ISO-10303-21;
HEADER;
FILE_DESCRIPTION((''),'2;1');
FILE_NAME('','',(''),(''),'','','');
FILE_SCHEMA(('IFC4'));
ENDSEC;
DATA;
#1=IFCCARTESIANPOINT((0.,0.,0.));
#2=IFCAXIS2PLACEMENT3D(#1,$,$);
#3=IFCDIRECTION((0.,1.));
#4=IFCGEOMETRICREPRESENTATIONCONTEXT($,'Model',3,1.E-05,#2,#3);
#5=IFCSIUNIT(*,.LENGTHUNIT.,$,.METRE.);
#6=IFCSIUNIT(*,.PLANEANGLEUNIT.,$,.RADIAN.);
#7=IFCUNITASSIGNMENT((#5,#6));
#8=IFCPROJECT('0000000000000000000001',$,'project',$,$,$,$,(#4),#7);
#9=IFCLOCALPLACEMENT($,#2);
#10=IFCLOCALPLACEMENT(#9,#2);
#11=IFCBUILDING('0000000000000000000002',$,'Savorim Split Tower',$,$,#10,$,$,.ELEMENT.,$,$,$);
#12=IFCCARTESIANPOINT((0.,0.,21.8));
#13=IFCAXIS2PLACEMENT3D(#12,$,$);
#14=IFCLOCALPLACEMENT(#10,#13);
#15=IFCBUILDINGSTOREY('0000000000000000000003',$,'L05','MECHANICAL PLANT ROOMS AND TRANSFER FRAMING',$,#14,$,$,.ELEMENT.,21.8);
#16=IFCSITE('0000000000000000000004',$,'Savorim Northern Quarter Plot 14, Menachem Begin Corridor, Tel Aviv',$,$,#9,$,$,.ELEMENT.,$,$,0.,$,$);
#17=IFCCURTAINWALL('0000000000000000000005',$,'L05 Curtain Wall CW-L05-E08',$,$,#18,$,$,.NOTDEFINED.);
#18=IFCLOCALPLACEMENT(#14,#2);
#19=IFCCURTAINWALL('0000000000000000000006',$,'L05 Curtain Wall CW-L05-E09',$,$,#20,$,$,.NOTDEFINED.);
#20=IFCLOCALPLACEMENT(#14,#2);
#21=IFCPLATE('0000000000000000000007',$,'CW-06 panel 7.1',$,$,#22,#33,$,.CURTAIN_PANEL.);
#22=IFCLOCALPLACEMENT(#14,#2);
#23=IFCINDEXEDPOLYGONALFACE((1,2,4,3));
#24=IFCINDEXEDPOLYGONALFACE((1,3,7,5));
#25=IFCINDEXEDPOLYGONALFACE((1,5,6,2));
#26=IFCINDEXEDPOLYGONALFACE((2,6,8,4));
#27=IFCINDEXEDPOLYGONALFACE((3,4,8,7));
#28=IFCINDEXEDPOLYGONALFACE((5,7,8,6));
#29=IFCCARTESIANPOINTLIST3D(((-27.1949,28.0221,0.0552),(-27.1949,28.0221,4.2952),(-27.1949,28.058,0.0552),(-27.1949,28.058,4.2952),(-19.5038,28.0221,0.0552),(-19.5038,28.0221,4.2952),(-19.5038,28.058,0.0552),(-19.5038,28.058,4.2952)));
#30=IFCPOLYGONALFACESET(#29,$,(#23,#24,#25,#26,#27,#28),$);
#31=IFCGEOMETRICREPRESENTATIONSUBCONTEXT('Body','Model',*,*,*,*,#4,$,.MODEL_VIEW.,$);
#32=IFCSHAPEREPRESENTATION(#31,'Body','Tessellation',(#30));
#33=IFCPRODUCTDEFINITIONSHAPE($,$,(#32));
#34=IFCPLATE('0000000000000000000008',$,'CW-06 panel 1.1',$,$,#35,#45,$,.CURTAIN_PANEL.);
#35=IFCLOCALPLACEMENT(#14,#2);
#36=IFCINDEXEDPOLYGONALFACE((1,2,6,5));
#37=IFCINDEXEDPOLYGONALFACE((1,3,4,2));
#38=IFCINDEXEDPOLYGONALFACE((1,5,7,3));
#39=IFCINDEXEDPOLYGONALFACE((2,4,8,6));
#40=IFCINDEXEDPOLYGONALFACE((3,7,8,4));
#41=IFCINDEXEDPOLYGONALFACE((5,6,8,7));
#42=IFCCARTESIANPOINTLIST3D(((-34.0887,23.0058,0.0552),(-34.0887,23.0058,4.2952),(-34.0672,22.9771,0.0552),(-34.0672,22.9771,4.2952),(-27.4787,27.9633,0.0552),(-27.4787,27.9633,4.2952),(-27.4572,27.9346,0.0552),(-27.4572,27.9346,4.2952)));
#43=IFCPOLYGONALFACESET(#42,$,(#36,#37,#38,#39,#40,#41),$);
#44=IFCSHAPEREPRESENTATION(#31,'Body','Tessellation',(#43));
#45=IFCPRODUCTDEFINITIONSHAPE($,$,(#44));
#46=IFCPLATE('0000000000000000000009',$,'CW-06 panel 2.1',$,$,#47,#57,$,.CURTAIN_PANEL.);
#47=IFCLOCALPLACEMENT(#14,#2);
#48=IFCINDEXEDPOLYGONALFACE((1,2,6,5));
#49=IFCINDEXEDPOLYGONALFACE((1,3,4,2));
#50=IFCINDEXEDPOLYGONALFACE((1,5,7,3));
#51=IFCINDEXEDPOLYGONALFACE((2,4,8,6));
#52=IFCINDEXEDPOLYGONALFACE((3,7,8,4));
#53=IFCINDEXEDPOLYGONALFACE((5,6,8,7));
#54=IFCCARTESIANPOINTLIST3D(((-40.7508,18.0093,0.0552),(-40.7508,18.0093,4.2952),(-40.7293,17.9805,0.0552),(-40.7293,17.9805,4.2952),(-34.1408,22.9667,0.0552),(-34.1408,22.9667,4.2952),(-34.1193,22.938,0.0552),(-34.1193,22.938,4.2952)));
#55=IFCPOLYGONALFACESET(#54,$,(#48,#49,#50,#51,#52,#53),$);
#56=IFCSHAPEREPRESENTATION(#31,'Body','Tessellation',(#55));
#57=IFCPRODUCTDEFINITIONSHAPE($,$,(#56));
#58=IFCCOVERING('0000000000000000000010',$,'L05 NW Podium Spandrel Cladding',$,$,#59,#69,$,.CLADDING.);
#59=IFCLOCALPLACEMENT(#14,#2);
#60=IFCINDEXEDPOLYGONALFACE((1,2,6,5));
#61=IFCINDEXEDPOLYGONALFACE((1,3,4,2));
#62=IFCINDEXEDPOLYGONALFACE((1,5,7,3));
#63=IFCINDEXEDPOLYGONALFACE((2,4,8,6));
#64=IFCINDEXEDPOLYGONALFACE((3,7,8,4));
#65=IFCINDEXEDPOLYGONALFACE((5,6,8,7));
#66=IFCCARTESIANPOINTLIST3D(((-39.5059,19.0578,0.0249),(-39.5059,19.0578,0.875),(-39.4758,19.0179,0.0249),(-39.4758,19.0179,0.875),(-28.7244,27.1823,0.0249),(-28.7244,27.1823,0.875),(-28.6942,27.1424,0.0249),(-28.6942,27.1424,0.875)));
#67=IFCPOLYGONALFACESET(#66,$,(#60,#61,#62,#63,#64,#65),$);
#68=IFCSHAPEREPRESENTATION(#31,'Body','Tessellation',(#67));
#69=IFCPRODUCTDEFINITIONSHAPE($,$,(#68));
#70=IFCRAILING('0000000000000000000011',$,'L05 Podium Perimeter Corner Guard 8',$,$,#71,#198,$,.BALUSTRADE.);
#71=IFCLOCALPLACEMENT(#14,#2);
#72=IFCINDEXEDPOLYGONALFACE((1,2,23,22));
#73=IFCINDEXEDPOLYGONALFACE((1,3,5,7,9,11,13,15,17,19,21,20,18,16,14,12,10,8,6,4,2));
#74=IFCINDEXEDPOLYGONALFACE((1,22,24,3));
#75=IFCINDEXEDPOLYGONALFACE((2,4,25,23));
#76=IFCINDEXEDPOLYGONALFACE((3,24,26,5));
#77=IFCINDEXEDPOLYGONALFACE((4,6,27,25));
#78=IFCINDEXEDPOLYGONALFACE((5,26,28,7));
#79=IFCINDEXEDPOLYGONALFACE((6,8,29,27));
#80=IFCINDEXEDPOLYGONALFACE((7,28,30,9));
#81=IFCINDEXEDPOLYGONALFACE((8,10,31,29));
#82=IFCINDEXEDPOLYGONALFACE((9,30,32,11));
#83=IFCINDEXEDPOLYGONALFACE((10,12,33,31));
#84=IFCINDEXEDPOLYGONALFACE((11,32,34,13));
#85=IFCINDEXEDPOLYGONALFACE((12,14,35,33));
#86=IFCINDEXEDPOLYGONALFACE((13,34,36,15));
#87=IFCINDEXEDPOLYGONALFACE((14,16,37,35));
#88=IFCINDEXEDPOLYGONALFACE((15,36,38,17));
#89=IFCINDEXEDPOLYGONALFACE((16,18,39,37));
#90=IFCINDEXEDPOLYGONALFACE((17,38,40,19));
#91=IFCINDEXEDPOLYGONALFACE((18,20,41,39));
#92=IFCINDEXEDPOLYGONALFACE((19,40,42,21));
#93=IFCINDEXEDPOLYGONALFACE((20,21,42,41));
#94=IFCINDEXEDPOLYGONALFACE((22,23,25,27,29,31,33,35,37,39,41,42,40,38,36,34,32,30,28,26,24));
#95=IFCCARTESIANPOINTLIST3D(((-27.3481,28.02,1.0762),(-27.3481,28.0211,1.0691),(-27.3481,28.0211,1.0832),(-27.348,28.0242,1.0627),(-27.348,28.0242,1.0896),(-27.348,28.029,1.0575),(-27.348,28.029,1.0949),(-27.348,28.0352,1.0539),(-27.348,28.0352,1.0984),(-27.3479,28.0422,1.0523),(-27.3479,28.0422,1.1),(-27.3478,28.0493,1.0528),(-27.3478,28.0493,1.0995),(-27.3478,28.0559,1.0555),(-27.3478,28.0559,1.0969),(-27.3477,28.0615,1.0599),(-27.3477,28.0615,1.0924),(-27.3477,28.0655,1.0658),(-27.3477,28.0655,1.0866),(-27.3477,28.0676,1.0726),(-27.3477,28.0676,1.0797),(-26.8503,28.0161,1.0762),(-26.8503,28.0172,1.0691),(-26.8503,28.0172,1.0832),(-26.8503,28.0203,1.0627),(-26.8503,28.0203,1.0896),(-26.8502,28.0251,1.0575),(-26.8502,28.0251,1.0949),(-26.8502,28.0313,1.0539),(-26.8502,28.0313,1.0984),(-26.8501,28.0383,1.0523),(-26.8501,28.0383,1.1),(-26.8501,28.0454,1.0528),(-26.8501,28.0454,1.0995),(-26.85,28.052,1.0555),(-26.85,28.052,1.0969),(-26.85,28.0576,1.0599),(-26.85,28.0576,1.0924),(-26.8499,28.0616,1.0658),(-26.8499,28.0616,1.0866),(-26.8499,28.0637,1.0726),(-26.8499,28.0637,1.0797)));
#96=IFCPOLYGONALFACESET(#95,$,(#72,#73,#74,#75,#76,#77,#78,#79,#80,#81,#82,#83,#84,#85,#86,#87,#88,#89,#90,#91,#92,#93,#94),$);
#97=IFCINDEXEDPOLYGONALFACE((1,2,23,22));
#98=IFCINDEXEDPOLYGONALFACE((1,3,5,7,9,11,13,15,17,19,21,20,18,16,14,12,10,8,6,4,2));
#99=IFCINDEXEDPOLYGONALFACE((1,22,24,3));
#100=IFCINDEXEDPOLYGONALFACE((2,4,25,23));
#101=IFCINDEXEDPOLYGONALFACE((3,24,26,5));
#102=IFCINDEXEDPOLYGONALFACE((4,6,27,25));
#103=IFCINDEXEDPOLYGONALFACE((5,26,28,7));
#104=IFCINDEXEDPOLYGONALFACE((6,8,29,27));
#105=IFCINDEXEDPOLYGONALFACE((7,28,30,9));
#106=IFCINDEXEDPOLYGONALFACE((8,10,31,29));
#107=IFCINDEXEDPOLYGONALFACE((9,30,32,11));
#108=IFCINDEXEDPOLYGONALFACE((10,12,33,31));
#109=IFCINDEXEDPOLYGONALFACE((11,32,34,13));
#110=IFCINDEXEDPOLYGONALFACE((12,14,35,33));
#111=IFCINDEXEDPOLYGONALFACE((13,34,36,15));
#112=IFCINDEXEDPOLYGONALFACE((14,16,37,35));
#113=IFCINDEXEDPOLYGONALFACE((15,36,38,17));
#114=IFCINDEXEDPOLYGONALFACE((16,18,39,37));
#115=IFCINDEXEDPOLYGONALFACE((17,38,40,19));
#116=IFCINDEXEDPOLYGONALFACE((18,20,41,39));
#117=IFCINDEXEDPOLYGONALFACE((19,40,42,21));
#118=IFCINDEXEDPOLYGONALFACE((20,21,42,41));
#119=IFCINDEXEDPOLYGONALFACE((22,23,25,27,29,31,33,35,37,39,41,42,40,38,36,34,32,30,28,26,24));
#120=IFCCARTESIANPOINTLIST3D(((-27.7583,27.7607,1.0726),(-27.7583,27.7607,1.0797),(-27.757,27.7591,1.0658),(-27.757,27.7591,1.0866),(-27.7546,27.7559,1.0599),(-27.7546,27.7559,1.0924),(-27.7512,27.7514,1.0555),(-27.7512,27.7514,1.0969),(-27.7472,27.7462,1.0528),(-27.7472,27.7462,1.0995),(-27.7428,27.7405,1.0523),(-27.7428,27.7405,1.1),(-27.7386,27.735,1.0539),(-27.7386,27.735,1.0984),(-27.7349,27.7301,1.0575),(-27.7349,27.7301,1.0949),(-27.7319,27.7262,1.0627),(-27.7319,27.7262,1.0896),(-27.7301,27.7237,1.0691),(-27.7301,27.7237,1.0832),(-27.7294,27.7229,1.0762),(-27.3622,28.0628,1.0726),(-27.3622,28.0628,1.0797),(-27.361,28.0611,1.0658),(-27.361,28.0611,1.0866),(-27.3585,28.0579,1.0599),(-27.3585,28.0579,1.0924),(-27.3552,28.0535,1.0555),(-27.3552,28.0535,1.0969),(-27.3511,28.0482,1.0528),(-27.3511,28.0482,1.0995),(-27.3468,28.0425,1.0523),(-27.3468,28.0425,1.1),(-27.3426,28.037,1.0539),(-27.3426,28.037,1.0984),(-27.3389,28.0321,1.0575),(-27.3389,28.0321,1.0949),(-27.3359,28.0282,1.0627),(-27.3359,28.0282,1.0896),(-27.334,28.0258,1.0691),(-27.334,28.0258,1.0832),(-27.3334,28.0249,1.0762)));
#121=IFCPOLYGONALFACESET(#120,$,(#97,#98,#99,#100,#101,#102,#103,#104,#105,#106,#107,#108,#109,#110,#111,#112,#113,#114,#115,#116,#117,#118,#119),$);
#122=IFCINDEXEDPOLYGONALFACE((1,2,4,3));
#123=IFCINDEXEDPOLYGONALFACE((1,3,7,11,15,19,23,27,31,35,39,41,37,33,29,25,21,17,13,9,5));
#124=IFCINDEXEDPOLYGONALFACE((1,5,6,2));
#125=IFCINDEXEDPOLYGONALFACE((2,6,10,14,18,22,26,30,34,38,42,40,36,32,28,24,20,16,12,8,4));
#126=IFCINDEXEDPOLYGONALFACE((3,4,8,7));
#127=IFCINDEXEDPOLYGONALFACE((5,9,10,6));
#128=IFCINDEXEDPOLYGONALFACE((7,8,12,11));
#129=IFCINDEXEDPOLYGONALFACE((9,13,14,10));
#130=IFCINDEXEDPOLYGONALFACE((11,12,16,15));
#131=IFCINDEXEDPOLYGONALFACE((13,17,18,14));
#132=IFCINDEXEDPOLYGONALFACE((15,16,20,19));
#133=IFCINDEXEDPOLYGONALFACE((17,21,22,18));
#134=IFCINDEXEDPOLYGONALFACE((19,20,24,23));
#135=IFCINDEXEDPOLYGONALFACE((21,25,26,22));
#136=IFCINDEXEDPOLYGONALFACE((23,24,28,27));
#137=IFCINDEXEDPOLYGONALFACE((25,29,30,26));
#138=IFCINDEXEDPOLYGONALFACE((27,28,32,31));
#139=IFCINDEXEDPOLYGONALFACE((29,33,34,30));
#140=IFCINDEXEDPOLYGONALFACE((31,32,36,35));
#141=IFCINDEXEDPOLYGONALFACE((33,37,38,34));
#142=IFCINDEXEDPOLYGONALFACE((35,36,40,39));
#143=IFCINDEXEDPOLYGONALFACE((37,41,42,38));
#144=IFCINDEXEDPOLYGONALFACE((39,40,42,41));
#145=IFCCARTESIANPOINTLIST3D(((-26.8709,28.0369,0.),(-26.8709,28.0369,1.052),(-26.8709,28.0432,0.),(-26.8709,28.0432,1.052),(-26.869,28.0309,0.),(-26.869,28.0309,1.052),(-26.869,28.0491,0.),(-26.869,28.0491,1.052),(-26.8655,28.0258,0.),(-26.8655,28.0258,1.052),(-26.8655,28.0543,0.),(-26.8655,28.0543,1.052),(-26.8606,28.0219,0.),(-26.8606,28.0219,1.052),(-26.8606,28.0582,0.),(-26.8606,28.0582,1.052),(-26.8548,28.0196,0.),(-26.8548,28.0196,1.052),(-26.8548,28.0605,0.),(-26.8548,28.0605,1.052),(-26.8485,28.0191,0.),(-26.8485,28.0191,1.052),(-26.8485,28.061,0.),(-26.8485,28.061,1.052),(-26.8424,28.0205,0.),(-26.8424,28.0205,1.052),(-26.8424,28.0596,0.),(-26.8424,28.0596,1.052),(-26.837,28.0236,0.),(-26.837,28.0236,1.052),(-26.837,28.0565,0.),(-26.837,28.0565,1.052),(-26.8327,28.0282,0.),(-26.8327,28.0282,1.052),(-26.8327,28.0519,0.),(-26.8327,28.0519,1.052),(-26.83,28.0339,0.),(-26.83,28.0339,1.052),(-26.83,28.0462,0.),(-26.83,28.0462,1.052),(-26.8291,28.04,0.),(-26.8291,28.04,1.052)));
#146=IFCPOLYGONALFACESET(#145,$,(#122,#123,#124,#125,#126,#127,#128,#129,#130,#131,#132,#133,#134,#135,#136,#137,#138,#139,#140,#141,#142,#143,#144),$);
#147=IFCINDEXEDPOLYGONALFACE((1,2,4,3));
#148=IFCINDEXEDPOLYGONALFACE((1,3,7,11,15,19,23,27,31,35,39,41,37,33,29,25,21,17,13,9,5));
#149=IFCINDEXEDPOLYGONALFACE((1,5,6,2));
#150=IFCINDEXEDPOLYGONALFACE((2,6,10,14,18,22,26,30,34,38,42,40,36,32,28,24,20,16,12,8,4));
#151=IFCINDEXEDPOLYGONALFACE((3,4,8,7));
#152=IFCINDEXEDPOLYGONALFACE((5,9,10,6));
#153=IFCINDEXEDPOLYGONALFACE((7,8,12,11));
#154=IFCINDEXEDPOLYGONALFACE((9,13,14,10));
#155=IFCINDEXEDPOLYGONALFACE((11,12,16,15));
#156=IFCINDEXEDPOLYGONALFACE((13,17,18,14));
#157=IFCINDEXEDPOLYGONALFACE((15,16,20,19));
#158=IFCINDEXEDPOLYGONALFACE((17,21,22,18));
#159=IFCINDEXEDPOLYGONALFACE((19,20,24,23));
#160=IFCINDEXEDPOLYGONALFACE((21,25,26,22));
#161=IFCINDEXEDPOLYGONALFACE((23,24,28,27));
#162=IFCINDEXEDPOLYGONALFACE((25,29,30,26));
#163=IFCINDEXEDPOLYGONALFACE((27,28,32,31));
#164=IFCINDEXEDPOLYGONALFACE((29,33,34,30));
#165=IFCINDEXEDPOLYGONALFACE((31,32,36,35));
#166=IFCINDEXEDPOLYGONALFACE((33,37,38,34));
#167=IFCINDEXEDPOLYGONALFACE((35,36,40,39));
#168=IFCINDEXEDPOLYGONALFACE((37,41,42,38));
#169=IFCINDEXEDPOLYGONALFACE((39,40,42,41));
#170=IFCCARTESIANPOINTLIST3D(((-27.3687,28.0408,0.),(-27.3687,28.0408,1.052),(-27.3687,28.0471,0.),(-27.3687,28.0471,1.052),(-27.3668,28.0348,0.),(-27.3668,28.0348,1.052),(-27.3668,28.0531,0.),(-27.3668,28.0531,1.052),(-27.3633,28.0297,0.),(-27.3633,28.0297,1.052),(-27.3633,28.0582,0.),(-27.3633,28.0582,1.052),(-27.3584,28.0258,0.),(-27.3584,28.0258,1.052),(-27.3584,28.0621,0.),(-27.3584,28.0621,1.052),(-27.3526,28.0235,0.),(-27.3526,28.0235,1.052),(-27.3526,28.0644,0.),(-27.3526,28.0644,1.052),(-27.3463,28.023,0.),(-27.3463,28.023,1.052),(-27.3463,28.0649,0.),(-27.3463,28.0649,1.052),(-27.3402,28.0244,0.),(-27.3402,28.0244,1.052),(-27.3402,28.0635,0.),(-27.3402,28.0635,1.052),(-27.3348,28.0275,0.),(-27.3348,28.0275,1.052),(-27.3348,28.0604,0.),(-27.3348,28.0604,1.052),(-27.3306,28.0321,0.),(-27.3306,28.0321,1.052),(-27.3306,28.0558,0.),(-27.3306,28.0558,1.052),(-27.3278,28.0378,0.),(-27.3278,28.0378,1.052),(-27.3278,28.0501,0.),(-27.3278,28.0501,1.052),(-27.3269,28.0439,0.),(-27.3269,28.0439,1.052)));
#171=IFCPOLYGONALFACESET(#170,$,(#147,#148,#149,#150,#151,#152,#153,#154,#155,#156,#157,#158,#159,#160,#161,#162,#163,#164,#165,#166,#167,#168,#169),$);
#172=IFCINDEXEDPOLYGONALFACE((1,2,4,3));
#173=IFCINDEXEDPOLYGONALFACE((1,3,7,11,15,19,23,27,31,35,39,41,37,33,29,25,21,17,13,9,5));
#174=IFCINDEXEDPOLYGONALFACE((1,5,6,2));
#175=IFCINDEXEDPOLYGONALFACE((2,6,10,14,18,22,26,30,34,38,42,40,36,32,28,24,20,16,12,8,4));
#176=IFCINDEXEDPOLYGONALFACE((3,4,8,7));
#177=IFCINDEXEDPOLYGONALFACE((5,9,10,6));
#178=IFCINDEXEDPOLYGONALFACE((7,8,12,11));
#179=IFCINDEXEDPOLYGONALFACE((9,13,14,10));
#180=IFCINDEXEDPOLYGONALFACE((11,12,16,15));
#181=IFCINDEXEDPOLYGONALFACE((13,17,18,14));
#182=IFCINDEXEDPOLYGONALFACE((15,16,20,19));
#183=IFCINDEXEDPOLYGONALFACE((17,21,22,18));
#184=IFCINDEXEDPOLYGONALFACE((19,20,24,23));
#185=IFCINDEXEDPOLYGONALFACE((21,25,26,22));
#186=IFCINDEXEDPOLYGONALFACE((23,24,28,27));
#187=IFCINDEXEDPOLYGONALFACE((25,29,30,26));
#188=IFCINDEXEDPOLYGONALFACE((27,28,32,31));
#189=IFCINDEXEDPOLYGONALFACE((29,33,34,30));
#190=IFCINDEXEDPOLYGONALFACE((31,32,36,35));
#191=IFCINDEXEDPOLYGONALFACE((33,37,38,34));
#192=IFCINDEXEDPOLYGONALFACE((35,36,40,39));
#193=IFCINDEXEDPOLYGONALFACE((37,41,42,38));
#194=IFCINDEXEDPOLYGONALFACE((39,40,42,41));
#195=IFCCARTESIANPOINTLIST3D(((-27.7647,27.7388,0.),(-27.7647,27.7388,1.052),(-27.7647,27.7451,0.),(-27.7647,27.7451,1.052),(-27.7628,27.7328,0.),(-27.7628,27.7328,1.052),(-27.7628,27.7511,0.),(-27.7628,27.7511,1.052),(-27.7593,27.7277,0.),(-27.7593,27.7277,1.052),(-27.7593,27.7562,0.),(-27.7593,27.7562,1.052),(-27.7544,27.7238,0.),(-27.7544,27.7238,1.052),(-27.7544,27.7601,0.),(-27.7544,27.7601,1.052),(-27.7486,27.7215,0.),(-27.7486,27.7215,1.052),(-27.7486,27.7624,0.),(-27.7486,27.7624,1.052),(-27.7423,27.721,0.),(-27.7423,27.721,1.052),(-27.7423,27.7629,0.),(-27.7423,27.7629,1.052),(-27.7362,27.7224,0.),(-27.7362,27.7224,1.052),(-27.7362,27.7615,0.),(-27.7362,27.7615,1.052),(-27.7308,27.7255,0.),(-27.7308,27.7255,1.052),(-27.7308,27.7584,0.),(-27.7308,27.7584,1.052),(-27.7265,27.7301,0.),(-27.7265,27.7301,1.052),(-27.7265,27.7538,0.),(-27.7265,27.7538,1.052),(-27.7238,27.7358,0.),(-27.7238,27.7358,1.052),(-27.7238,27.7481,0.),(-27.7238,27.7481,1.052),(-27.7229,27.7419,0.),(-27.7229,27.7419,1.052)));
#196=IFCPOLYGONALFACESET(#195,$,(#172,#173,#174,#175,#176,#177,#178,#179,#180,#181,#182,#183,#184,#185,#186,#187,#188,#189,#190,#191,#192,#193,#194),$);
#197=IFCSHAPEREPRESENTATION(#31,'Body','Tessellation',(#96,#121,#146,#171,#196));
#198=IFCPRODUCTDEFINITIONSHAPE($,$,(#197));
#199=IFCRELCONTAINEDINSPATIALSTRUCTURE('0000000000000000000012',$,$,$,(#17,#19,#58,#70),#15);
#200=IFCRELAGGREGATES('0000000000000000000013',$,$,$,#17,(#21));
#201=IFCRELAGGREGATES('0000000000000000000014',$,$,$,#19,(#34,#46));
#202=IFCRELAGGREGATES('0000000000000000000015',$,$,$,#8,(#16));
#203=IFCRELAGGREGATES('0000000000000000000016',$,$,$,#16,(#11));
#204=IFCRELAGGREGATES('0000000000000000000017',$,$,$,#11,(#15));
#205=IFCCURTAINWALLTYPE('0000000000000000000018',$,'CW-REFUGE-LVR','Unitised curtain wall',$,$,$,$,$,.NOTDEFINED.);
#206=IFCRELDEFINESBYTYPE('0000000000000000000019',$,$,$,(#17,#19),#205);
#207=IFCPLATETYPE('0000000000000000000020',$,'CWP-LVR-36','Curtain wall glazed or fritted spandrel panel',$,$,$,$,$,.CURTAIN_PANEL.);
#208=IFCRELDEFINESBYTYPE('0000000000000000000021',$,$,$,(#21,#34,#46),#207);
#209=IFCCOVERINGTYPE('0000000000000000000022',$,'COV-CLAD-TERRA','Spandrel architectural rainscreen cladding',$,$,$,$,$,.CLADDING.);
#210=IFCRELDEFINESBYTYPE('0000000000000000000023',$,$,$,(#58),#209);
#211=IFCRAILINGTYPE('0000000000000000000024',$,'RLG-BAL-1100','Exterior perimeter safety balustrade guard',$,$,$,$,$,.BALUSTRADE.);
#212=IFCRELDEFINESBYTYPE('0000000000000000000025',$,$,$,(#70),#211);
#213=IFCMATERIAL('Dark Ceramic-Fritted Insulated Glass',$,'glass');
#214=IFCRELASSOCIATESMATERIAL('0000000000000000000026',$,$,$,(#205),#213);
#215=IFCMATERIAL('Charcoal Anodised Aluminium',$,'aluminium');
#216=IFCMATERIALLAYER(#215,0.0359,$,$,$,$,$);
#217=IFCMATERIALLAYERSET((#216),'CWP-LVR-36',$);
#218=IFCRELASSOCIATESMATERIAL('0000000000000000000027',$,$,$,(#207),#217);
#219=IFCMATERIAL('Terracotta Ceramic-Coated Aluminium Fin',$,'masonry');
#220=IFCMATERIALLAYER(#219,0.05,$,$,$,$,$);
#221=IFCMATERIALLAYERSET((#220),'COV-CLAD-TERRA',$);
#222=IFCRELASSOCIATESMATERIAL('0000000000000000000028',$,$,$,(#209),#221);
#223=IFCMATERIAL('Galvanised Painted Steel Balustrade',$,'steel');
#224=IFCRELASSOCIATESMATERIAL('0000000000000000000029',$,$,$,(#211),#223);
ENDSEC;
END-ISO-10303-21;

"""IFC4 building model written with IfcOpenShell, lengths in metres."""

from ifc_helpers import new_model, si_unit, direction, frame, origin, origin_2d, place, context, subcontext, project, spatial, rectangle, circle, extrude, material, layer, layer_set, type_object, element, aggregate, save


model = new_model("IFC4")

# Units and contexts
model_context = context("Model", 3, precision=1e-05, world=origin(), true_north=direction((0.0, 1.0)))
body_context = subcontext(model_context, "Body", "Model", "MODEL_VIEW")
ifc_project = project(units=[si_unit("LENGTHUNIT", "METRE"), si_unit("PLANEANGLEUNIT", "RADIAN")], contexts=[model_context])

# Site, building, storey
site_placement = place(None, origin())
site = spatial("IfcSite", under=ifc_project, at=site_placement, Name="Savorim Northern Quarter Plot 14, Menachem Begin Corridor, Tel Aviv", CompositionType="ELEMENT", RefElevation=0.0)
building_placement = place(site_placement, origin())
building = spatial("IfcBuilding", under=site, at=building_placement, Name="Savorim Split Tower", CompositionType="ELEMENT")
storey_placement = place(building_placement, frame((0.0, 0.0, 21.8)))
storey = spatial("IfcBuildingStorey", under=building, at=storey_placement, Name="L05", Description="MECHANICAL PLANT ROOMS AND TRANSFER FRAMING", CompositionType="ELEMENT", Elevation=21.8)

# Curtain walls
ifc_material_1 = material(Name="Dark Ceramic-Fritted Insulated Glass", Category="glass")
curtain_wall_type = type_object("IfcCurtainWallType", Name="CW-REFUGE-LVR", Description="Unitised curtain wall", PredefinedType="NOTDEFINED", material=ifc_material_1)
curtain_wall_1_placement = place(storey_placement, origin())
curtain_wall_1 = element("IfcCurtainWall", 1, at=curtain_wall_1_placement, inside=storey, type_object=curtain_wall_type, Name="L05 Curtain Wall CW-L05-E08", PredefinedType="NOTDEFINED")
ifc_material_2 = material(Name="Charcoal Anodised Aluminium", Category="aluminium")
curtain_wall_2_placement = place(storey_placement, origin())
curtain_wall_2 = element("IfcCurtainWall", 2, at=curtain_wall_2_placement, inside=storey, type_object=curtain_wall_type, Name="L05 Curtain Wall CW-L05-E09", PredefinedType="NOTDEFINED")

# Plates
ifc_layer_1 = layer(ifc_material_2, 0.0359)
ifc_layer_set_1 = layer_set([ifc_layer_1], Name="CWP-LVR-36")
plate_type = type_object("IfcPlateType", Name="CWP-LVR-36", Description="Curtain wall glazed or fritted spandrel panel", PredefinedType="CURTAIN_PANEL", material=ifc_layer_set_1)
plate_1_placement = place(storey_placement, frame((-23.3494, 28.04, 0.0552), z_axis=(0.0, 0.0, 1.0), x_axis=(-1.0, 0.0, 0.0)))
plate_1 = element("IfcPlate", 3, at=plate_1_placement, type_object=plate_type, Name="CW-06 panel 7.1", PredefinedType="CURTAIN_PANEL", context=body_context, shape_type="SweptSolid", body=[
    extrude(rectangle(XDim=7.6912, YDim=0.0359, at=origin_2d()), origin(), (0.0, 0.0, 1.0), 4.24),
])
aggregate(curtain_wall_1, [plate_1])
plate_2_placement = place(storey_placement, frame((-30.7729, 25.4702, 0.0552), z_axis=(0.0, 0.0, 1.0), x_axis=(-0.8, -0.6, 0.0)))
plate_2 = element("IfcPlate", 4, at=plate_2_placement, type_object=plate_type, Name="CW-06 panel 1.1", PredefinedType="CURTAIN_PANEL", context=body_context, shape_type="SweptSolid", body=[
    extrude(rectangle(XDim=8.2625, YDim=0.0359, at=origin_2d()), origin(), (0.0, 0.0, 1.0), 4.24),
])
plate_3_placement = place(storey_placement, frame((-37.4351, 20.4736, 0.0552), z_axis=(0.0, 0.0, 1.0), x_axis=(-0.8, -0.6, 0.0)))
plate_3 = element("IfcPlate", 5, at=plate_3_placement, type_object=plate_type, Name="CW-06 panel 2.1", PredefinedType="CURTAIN_PANEL", context=body_context, shape_type="SweptSolid", body=[
    extrude(rectangle(XDim=8.2625, YDim=0.0359, at=origin_2d()), origin(), (0.0, 0.0, 1.0), 4.24),
])
aggregate(curtain_wall_2, [plate_2, plate_3])

# Covering
ifc_material_3 = material(Name="Terracotta Ceramic-Coated Aluminium Fin", Category="masonry")
ifc_layer_2 = layer(ifc_material_3, 0.05)
ifc_layer_set_2 = layer_set([ifc_layer_2], Name="COV-CLAD-TERRA")
covering_type = type_object("IfcCoveringType", Name="COV-CLAD-TERRA", Description="Spandrel architectural rainscreen cladding", PredefinedType="CLADDING", material=ifc_layer_set_2)
covering_placement = place(storey_placement, frame((-34.1001, 23.1001, 0.0249), z_axis=(0.0, 0.0, 1.0), x_axis=(0.798636, 0.601815, 0.0)))
element("IfcCovering", 6, at=covering_placement, inside=storey, type_object=covering_type, Name="L05 NW Podium Spandrel Cladding", PredefinedType="CLADDING", context=body_context, shape_type="SweptSolid", body=[
    extrude(rectangle(XDim=13.5, YDim=0.05, at=origin_2d()), origin(), (0.0, 0.0, 1.0), 0.8501),
])

# Railing
ifc_material_4 = material(Name="Galvanised Painted Steel Balustrade", Category="steel")
railing_type = type_object("IfcRailingType", Name="RLG-BAL-1100", Description="Exterior perimeter safety balustrade guard", PredefinedType="BALUSTRADE", material=ifc_material_4)
railing_1_placement = place(storey_placement, frame((-26.8501, 28.04, 0.0)))
element("IfcRailing", 7, at=railing_1_placement, inside=storey, type_object=railing_type, Name="L05 Podium Perimeter Corner Guard 8", PredefinedType="BALUSTRADE", context=body_context, shape_type="SweptSolid", body=[
    extrude(circle(Radius=0.0239, at=origin_2d()), frame((0.0, 0.0, 1.0762), z_axis=(-0.999969, 0.007847, 0.0), x_axis=(-0.007847, -0.999969, 0.0)), (0.0, 0.0, 1.0), 0.4978),
    extrude(circle(Radius=0.0239, at=origin_2d()), frame((-0.4978, 0.0039, 1.0762), z_axis=(-0.79515, -0.606412, 0.0), x_axis=(0.606412, -0.79515, 0.0)), (0.0, 0.0, 1.0), 0.498),
    extrude(circle(Radius=0.021, at=origin_2d()), origin(), (0.0, 0.0, 1.0), 1.052),
    extrude(circle(Radius=0.021, at=origin_2d()), frame((-0.4978, 0.0039, 0.0)), (0.0, 0.0, 1.0), 1.052),
    extrude(circle(Radius=0.021, at=origin_2d()), frame((-0.8938, -0.2981, 0.0)), (0.0, 0.0, 1.0), 1.052),
])

save(model, "model.ifc")
